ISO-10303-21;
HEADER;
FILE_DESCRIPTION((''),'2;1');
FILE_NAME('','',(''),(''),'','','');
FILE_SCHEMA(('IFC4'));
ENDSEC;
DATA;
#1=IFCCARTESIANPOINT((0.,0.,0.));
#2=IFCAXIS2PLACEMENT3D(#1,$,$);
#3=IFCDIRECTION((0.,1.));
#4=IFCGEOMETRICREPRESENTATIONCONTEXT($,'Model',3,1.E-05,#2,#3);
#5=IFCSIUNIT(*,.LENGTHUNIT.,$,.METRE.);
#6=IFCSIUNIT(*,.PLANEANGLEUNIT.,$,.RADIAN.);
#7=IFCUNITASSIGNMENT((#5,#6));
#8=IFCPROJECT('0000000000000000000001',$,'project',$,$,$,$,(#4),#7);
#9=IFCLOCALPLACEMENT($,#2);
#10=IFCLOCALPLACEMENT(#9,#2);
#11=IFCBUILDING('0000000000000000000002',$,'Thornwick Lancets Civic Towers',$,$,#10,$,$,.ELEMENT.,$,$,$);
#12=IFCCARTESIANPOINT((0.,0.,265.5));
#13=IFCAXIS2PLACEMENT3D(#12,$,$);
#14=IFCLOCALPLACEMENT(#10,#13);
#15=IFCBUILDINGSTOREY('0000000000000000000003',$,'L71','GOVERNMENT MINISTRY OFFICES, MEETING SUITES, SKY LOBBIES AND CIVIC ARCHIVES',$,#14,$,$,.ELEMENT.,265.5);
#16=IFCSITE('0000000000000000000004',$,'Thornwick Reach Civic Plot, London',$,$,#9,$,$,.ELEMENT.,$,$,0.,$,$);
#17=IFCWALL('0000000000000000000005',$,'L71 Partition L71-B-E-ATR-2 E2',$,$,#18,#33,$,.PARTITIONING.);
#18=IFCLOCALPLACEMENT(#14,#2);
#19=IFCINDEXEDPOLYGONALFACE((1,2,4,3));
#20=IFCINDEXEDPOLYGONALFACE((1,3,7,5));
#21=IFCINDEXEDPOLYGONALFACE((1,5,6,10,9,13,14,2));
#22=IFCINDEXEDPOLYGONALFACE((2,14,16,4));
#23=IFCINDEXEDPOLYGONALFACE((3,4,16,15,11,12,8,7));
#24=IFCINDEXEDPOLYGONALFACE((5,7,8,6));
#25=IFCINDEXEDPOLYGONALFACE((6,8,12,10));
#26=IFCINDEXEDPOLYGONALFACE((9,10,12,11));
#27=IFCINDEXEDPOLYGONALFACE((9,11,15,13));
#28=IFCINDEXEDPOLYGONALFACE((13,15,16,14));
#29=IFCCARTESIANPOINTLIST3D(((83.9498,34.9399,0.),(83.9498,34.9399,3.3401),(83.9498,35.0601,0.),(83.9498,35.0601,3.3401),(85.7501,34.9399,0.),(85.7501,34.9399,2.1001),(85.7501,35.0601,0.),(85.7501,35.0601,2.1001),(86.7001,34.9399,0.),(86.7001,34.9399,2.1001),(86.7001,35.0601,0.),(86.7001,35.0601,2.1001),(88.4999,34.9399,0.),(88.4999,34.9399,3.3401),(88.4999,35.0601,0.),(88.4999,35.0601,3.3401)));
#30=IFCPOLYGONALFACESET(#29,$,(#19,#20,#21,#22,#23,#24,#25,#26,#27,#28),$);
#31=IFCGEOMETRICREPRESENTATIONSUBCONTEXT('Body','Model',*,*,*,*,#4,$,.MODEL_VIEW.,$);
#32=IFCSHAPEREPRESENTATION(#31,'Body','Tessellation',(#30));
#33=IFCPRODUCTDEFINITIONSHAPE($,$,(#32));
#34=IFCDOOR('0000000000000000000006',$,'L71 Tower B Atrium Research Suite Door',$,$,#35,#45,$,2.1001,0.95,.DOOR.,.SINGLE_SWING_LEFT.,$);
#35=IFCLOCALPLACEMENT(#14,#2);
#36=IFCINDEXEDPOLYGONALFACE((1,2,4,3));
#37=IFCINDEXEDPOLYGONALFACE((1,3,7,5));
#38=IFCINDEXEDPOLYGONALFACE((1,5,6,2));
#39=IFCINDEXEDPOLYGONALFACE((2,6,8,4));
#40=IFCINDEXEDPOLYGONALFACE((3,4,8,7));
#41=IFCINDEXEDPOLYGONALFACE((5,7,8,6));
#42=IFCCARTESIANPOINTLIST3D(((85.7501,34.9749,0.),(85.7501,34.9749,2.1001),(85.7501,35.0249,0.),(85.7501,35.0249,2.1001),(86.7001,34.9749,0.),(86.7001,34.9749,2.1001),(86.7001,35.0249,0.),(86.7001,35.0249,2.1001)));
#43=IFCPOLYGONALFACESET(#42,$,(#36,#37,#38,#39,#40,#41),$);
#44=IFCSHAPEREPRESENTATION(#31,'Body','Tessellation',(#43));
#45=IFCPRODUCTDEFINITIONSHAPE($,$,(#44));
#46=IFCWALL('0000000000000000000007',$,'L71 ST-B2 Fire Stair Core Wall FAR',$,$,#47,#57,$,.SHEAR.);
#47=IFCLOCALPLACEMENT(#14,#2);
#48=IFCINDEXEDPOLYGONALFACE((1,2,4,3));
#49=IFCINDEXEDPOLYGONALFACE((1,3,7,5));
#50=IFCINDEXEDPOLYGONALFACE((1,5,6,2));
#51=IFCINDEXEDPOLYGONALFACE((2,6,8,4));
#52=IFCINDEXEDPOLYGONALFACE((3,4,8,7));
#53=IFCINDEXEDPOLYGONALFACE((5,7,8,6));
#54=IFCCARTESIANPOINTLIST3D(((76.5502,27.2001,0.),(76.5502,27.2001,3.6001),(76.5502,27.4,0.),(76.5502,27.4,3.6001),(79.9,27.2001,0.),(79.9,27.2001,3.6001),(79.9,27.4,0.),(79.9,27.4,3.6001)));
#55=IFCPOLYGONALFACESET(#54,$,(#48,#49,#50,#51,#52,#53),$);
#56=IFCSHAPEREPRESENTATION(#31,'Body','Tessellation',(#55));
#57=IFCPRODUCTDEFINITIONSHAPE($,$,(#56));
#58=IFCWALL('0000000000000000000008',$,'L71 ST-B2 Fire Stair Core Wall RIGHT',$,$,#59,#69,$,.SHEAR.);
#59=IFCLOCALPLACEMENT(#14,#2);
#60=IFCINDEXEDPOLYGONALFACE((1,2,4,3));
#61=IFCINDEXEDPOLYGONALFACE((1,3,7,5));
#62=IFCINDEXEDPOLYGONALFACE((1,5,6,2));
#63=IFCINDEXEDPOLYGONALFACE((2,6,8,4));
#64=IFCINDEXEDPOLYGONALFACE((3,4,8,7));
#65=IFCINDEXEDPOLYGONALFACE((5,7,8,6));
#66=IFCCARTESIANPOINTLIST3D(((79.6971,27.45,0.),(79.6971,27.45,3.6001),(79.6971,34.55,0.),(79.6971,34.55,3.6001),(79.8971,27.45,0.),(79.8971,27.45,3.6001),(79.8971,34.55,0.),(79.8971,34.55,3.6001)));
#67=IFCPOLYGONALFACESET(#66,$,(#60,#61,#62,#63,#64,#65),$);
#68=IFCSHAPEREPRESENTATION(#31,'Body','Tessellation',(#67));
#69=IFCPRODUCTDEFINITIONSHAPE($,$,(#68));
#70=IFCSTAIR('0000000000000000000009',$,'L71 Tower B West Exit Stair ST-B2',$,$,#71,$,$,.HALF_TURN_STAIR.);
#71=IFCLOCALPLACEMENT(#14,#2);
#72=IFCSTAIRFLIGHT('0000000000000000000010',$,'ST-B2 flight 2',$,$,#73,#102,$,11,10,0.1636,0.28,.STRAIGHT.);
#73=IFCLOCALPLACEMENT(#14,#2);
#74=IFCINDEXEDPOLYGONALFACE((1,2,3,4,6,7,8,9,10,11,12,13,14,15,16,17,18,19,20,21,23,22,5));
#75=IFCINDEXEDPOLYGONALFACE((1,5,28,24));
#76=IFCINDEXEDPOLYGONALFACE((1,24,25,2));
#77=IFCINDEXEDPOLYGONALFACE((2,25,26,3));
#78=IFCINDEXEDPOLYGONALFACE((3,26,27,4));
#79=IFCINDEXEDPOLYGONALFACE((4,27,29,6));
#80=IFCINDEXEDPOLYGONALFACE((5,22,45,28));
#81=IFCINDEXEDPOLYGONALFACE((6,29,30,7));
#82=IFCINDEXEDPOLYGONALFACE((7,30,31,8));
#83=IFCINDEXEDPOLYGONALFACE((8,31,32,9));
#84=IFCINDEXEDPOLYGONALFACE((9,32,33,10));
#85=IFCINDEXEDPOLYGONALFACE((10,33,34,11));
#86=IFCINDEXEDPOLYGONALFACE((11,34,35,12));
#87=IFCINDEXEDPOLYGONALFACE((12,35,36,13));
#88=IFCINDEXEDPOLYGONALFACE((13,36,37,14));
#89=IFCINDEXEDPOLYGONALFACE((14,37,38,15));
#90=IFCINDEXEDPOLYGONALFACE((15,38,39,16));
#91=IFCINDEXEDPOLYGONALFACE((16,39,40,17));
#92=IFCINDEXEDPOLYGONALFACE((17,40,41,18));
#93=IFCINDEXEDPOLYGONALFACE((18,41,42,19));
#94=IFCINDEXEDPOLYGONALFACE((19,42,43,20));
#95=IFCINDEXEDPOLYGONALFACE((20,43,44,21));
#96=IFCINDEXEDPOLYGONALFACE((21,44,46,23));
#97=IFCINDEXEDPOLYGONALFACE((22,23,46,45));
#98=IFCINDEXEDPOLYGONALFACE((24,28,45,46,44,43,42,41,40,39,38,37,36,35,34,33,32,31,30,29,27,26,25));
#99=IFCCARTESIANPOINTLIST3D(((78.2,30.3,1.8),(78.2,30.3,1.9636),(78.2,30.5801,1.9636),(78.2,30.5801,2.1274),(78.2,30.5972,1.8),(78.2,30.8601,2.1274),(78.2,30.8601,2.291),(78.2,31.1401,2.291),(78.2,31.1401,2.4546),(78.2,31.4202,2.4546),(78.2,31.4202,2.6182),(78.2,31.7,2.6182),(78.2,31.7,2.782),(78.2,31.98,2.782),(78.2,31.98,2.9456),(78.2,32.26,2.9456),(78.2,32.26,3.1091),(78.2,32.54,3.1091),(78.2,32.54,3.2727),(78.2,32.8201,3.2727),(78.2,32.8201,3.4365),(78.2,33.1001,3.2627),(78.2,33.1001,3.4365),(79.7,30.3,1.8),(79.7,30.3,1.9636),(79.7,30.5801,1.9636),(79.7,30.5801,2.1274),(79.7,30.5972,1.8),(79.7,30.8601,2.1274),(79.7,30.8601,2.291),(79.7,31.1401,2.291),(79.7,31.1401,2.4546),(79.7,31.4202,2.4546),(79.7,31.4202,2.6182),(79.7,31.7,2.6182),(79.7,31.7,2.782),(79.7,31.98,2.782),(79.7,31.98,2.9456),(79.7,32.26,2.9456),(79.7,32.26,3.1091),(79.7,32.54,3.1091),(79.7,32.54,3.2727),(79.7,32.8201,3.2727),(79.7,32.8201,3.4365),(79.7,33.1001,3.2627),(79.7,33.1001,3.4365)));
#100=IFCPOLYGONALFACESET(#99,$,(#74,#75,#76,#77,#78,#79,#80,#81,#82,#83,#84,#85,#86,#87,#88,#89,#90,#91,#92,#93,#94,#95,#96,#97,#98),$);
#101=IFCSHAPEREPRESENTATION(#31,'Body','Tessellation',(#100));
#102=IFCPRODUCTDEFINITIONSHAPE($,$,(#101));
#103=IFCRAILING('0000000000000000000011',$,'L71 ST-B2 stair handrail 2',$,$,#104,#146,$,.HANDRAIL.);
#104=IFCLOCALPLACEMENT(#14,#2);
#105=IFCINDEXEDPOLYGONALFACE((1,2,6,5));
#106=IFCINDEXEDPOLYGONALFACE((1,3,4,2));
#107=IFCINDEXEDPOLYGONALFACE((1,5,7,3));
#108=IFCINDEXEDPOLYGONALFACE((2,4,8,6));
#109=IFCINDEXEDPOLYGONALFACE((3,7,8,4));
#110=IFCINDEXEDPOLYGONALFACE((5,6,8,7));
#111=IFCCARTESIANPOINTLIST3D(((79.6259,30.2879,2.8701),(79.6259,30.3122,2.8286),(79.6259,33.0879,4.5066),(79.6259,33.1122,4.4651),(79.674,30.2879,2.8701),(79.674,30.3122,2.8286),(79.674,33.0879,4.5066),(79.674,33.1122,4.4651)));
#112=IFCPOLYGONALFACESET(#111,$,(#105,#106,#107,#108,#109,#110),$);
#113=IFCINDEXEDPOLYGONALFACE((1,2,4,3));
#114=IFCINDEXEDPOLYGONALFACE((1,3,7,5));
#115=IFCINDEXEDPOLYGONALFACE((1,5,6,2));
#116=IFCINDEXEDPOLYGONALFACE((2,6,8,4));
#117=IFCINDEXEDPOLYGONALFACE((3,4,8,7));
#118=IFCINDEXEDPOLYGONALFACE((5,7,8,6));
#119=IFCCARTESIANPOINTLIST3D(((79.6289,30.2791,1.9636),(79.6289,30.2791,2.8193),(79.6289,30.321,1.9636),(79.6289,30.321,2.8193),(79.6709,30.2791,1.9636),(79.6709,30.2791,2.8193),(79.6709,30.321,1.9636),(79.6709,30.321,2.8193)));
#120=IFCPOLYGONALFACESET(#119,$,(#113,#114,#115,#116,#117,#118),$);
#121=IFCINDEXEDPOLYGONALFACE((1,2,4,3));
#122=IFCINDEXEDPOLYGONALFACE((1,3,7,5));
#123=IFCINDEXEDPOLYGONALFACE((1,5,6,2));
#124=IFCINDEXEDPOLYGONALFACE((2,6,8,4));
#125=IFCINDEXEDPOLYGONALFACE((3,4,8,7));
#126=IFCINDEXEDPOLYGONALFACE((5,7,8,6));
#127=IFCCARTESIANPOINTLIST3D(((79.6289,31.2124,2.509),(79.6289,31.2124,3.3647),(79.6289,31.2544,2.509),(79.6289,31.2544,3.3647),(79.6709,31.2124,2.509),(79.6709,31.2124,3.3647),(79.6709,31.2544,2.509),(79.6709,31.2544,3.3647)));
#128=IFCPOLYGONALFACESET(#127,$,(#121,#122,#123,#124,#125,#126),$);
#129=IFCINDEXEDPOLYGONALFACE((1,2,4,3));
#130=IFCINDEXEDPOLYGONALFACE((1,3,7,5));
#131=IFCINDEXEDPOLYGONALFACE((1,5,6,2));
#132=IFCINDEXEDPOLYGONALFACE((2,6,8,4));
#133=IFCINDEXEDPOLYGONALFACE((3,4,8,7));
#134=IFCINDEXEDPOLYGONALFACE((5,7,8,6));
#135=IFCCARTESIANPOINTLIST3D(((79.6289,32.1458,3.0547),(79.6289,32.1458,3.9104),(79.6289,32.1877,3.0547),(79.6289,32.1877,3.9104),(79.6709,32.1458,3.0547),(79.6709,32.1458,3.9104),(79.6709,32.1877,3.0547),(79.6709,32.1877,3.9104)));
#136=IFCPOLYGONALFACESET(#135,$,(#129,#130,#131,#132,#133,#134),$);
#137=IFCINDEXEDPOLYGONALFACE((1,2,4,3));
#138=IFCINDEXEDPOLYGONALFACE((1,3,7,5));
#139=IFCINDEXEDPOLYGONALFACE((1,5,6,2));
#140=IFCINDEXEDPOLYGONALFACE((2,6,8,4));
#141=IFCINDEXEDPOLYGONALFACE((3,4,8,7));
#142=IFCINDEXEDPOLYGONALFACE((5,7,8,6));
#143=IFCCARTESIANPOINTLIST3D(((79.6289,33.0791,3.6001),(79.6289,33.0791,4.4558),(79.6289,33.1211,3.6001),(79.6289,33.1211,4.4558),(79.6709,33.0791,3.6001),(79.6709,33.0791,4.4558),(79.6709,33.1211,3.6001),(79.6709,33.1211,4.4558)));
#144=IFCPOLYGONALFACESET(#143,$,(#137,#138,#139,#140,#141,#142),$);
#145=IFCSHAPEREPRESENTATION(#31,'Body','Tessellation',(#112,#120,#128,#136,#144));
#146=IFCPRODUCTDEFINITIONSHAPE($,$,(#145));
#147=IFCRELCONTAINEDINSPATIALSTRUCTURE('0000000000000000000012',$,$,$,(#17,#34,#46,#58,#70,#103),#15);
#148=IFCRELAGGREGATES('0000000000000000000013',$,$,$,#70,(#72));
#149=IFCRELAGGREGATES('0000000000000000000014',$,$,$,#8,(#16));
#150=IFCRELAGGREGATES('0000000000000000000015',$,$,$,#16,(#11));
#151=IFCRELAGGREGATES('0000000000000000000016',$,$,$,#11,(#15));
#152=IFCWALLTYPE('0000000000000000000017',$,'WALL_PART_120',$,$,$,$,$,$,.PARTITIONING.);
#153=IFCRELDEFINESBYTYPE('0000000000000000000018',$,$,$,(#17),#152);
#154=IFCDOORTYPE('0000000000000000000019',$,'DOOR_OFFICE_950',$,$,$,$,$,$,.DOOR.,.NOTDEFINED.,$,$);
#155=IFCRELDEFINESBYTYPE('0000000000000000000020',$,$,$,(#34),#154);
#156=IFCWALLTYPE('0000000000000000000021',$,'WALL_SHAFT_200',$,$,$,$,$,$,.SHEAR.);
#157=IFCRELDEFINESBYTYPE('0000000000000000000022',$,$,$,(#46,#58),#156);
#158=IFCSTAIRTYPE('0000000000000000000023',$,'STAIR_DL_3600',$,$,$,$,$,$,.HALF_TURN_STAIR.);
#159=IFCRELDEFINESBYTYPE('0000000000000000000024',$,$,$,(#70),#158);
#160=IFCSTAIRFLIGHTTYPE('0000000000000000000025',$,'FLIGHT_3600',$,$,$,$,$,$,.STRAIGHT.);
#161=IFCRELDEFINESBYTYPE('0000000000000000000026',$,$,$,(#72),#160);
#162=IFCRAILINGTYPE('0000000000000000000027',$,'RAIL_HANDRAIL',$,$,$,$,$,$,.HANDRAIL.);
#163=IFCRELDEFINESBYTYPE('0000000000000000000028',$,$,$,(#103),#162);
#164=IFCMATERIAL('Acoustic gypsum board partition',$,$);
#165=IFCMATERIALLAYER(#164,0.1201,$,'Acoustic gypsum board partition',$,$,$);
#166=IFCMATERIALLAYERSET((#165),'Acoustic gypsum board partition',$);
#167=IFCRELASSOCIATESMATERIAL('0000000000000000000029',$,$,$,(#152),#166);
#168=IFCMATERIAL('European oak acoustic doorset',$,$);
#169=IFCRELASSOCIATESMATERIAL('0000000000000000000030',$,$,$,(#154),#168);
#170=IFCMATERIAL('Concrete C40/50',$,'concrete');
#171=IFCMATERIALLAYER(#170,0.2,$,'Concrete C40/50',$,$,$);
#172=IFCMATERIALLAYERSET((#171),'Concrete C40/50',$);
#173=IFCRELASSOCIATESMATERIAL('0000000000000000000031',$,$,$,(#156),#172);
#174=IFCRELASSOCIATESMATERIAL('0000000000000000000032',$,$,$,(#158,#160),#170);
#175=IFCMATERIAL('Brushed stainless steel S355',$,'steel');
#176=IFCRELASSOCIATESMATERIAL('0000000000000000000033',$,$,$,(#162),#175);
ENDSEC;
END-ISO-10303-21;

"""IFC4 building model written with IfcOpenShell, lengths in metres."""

from ifc_helpers import new_model, si_unit, direction, frame, frame_2d, origin, origin_2d, place, context, subcontext, project, spatial, polyline, rectangle, outline, extrude, material, layer, layer_set, type_object, element, fill, aggregate, save


model = new_model("IFC4")

# Units and contexts
model_context = context("Model", 3, precision=1e-05, world=origin(), true_north=direction((0.0, 1.0)))
body_context = subcontext(model_context, "Body", "Model", "MODEL_VIEW")
ifc_project = project(units=[si_unit("LENGTHUNIT", "METRE"), si_unit("PLANEANGLEUNIT", "RADIAN")], contexts=[model_context])

# Site, building, storey
site_placement = place(None, origin())
site = spatial("IfcSite", under=ifc_project, at=site_placement, Name="Thornwick Reach Civic Plot, London", CompositionType="ELEMENT", RefElevation=0.0)
building_placement = place(site_placement, origin())
building = spatial("IfcBuilding", under=site, at=building_placement, Name="Thornwick Lancets Civic Towers", CompositionType="ELEMENT")
storey_placement = place(building_placement, frame((0.0, 0.0, 265.5)))
storey = spatial("IfcBuildingStorey", under=building, at=storey_placement, Name="L71", Description="GOVERNMENT MINISTRY OFFICES, MEETING SUITES, SKY LOBBIES AND CIVIC ARCHIVES", CompositionType="ELEMENT", Elevation=265.5)

# Shared definitions
ifc_material_1 = material(Name="Acoustic gypsum board partition")
ifc_layer_1 = layer(ifc_material_1, 0.1201, Name="Acoustic gypsum board partition")
ifc_layer_set_1 = layer_set([ifc_layer_1], Name="Acoustic gypsum board partition")
wall_type_1 = type_object("IfcWallType", Name="WALL_PART_120", PredefinedType="PARTITIONING", material=ifc_layer_set_1)

# Shared definitions
ifc_material_2 = material(Name="European oak acoustic doorset")
door_type_1 = type_object("IfcDoorType", Name="DOOR_OFFICE_950", OperationType="NOTDEFINED", PredefinedType="DOOR", material=ifc_material_2)

# Wall, opening, door
wall_1_placement = place(storey_placement, frame((83.95, 35.0, 0.0), z_axis=(0.0, 0.0, 1.0), x_axis=(1.0, 0.0, 0.0)))
wall_1 = element("IfcWall", 1, at=wall_1_placement, inside=storey, type_object=wall_type_1, Name="L71 Partition L71-B-E-ATR-2 E2", PredefinedType="PARTITIONING", context=body_context, shape_type="SweptSolid", body=[
    extrude(rectangle(XDim=4.55, YDim=0.1201, at=frame_2d((2.2749, 0.0))), origin(), (0.0, 0.0, 1.0), 3.3401),
])
opening_1_placement = place(wall_1_placement, frame((1.8, 0.0, 0.0)))
opening_1 = element("IfcOpeningElement", 2, at=opening_1_placement, cuts=wall_1, PredefinedType="OPENING", context=body_context, shape_type="SweptSolid", body=[
    extrude(rectangle(XDim=0.95, YDim=2.1001, at=frame_2d((0.4751, 1.05))), frame((0.0, 0.0701, 0.0), z_axis=(0.0, -1.0, 0.0), x_axis=(1.0, 0.0, 0.0)), (0.0, 0.0, 1.0), 0.1401),
])
door_1_placement = place(opening_1_placement, origin())
door_1 = element("IfcDoor", 3, at=door_1_placement, inside=storey, type_object=door_type_1, Name="L71 Tower B Atrium Research Suite Door", OperationType="SINGLE_SWING_LEFT", OverallHeight=2.1001, OverallWidth=0.95, PredefinedType="DOOR", context=body_context, shape_type="SweptSolid", body=[
    extrude(rectangle(XDim=0.95, YDim=2.1001, at=frame_2d((0.4751, 1.05))), frame((0.0, 0.0249, 0.0), z_axis=(0.0, -1.0, 0.0), x_axis=(1.0, 0.0, 0.0)), (0.0, 0.0, 1.0), 0.05),
])
fill(opening_1, door_1)

# Walls
ifc_material_3 = material(Name="Concrete C40/50", Category="concrete")
ifc_layer_2 = layer(ifc_material_3, 0.2, Name="Concrete C40/50")
ifc_layer_set_2 = layer_set([ifc_layer_2], Name="Concrete C40/50")
wall_type_2 = type_object("IfcWallType", Name="WALL_SHAFT_200", PredefinedType="SHEAR", material=ifc_layer_set_2)
wall_2_placement = place(storey_placement, frame((79.8999, 27.3, 0.0), z_axis=(0.0, 0.0, 1.0), x_axis=(-1.0, 0.0, 0.0)))
element("IfcWall", 4, at=wall_2_placement, inside=storey, type_object=wall_type_2, Name="L71 ST-B2 Fire Stair Core Wall FAR", PredefinedType="SHEAR", context=body_context, shape_type="SweptSolid", body=[
    extrude(rectangle(XDim=3.3499, YDim=0.2, at=frame_2d((1.6748, 0.0))), origin(), (0.0, 0.0, 1.0), 3.6001),
])
wall_3_placement = place(storey_placement, frame((79.7971, 27.45, 0.0), z_axis=(0.0, 0.0, 1.0), x_axis=(0.0, 1.0, 0.0)))
element("IfcWall", 5, at=wall_3_placement, inside=storey, type_object=wall_type_2, Name="L71 ST-B2 Fire Stair Core Wall RIGHT", PredefinedType="SHEAR", context=body_context, shape_type="SweptSolid", body=[
    extrude(rectangle(XDim=7.1001, YDim=0.2, at=frame_2d((3.55, 0.0))), origin(), (0.0, 0.0, 1.0), 3.6001),
])

# Stair, stair flight
stair_type = type_object("IfcStairType", Name="STAIR_DL_3600", PredefinedType="HALF_TURN_STAIR", material=ifc_material_3)
stair_placement = place(storey_placement, origin())
stair = element("IfcStair", 6, at=stair_placement, inside=storey, type_object=stair_type, Name="L71 Tower B West Exit Stair ST-B2", PredefinedType="HALF_TURN_STAIR")
stair_flight_type = type_object("IfcStairFlightType", Name="FLIGHT_3600", PredefinedType="STRAIGHT", material=ifc_material_3)
stair_flight_placement = place(storey_placement, frame((78.95, 30.3, 1.8), z_axis=(0.0, 0.0, 1.0), x_axis=(0.0, 1.0, 0.0)))
stair_flight = element("IfcStairFlight", 7, at=stair_flight_placement, type_object=stair_flight_type, Name="ST-B2 flight 2", NumberOfRisers=11, NumberOfTreads=10, PredefinedType="STRAIGHT", RiserHeight=0.1636, TreadLength=0.28, context=body_context, shape_type="SweptSolid", body=[
    extrude(outline(polyline([(0.0, 0.0), (0.0, 0.1636), (0.28, 0.1636), (0.28, 0.3274), (0.5601, 0.3274), (0.5601, 0.491), (0.8401, 0.491), (0.8401, 0.6545), (1.1201, 0.6545), (1.1201, 0.8181), (1.3999, 0.8181), (1.3999, 0.9819), (1.6799, 0.9819), (1.6799, 1.1455), (1.96, 1.1455), (1.96, 1.3091), (2.24, 1.3091), (2.24, 1.4727), (2.52, 1.4727), (2.52, 1.6365), (2.8, 1.6365), (2.8, 1.8), (2.8, 1.4626), (0.2971, 0.0), (0.0, 0.0)])), frame((0.0, 0.75, 0.0), z_axis=(0.0, -1.0, 0.0), x_axis=(1.0, 0.0, 0.0)), (0.0, 0.0, 1.0), 1.5),
])
aggregate(stair, [stair_flight])

# Railing
ifc_material_4 = material(Name="Brushed stainless steel S355", Category="steel")
railing_type = type_object("IfcRailingType", Name="RAIL_HANDRAIL", PredefinedType="HANDRAIL", material=ifc_material_4)
railing_placement = place(storey_placement, frame((79.6499, 30.3, 1.9636)))
element("IfcRailing", 8, at=railing_placement, inside=storey, type_object=railing_type, Name="L71 ST-B2 stair handrail 2", PredefinedType="HANDRAIL", context=body_context, shape_type="SweptSolid", body=[
    extrude(rectangle(XDim=0.0481, YDim=0.0481, at=origin_2d()), frame((0.0, 0.0, 0.8857), z_axis=(0.0, 0.863361, 0.504587), x_axis=(-1.0, 0.0, 0.0)), (0.0, 0.0, 1.0), 3.2432),
    extrude(rectangle(XDim=0.042, YDim=0.042, at=origin_2d()), origin(), (0.0, 0.0, 1.0), 0.8557),
    extrude(rectangle(XDim=0.042, YDim=0.042, at=origin_2d()), frame((0.0, 0.9333, 0.5454)), (0.0, 0.0, 1.0), 0.8557),
    extrude(rectangle(XDim=0.042, YDim=0.042, at=origin_2d()), frame((0.0, 1.8667, 1.0911)), (0.0, 0.0, 1.0), 0.8557),
    extrude(rectangle(XDim=0.042, YDim=0.042, at=origin_2d()), frame((0.0, 2.8, 1.6365)), (0.0, 0.0, 1.0), 0.8557),
])

save(model, "model.ifc")
